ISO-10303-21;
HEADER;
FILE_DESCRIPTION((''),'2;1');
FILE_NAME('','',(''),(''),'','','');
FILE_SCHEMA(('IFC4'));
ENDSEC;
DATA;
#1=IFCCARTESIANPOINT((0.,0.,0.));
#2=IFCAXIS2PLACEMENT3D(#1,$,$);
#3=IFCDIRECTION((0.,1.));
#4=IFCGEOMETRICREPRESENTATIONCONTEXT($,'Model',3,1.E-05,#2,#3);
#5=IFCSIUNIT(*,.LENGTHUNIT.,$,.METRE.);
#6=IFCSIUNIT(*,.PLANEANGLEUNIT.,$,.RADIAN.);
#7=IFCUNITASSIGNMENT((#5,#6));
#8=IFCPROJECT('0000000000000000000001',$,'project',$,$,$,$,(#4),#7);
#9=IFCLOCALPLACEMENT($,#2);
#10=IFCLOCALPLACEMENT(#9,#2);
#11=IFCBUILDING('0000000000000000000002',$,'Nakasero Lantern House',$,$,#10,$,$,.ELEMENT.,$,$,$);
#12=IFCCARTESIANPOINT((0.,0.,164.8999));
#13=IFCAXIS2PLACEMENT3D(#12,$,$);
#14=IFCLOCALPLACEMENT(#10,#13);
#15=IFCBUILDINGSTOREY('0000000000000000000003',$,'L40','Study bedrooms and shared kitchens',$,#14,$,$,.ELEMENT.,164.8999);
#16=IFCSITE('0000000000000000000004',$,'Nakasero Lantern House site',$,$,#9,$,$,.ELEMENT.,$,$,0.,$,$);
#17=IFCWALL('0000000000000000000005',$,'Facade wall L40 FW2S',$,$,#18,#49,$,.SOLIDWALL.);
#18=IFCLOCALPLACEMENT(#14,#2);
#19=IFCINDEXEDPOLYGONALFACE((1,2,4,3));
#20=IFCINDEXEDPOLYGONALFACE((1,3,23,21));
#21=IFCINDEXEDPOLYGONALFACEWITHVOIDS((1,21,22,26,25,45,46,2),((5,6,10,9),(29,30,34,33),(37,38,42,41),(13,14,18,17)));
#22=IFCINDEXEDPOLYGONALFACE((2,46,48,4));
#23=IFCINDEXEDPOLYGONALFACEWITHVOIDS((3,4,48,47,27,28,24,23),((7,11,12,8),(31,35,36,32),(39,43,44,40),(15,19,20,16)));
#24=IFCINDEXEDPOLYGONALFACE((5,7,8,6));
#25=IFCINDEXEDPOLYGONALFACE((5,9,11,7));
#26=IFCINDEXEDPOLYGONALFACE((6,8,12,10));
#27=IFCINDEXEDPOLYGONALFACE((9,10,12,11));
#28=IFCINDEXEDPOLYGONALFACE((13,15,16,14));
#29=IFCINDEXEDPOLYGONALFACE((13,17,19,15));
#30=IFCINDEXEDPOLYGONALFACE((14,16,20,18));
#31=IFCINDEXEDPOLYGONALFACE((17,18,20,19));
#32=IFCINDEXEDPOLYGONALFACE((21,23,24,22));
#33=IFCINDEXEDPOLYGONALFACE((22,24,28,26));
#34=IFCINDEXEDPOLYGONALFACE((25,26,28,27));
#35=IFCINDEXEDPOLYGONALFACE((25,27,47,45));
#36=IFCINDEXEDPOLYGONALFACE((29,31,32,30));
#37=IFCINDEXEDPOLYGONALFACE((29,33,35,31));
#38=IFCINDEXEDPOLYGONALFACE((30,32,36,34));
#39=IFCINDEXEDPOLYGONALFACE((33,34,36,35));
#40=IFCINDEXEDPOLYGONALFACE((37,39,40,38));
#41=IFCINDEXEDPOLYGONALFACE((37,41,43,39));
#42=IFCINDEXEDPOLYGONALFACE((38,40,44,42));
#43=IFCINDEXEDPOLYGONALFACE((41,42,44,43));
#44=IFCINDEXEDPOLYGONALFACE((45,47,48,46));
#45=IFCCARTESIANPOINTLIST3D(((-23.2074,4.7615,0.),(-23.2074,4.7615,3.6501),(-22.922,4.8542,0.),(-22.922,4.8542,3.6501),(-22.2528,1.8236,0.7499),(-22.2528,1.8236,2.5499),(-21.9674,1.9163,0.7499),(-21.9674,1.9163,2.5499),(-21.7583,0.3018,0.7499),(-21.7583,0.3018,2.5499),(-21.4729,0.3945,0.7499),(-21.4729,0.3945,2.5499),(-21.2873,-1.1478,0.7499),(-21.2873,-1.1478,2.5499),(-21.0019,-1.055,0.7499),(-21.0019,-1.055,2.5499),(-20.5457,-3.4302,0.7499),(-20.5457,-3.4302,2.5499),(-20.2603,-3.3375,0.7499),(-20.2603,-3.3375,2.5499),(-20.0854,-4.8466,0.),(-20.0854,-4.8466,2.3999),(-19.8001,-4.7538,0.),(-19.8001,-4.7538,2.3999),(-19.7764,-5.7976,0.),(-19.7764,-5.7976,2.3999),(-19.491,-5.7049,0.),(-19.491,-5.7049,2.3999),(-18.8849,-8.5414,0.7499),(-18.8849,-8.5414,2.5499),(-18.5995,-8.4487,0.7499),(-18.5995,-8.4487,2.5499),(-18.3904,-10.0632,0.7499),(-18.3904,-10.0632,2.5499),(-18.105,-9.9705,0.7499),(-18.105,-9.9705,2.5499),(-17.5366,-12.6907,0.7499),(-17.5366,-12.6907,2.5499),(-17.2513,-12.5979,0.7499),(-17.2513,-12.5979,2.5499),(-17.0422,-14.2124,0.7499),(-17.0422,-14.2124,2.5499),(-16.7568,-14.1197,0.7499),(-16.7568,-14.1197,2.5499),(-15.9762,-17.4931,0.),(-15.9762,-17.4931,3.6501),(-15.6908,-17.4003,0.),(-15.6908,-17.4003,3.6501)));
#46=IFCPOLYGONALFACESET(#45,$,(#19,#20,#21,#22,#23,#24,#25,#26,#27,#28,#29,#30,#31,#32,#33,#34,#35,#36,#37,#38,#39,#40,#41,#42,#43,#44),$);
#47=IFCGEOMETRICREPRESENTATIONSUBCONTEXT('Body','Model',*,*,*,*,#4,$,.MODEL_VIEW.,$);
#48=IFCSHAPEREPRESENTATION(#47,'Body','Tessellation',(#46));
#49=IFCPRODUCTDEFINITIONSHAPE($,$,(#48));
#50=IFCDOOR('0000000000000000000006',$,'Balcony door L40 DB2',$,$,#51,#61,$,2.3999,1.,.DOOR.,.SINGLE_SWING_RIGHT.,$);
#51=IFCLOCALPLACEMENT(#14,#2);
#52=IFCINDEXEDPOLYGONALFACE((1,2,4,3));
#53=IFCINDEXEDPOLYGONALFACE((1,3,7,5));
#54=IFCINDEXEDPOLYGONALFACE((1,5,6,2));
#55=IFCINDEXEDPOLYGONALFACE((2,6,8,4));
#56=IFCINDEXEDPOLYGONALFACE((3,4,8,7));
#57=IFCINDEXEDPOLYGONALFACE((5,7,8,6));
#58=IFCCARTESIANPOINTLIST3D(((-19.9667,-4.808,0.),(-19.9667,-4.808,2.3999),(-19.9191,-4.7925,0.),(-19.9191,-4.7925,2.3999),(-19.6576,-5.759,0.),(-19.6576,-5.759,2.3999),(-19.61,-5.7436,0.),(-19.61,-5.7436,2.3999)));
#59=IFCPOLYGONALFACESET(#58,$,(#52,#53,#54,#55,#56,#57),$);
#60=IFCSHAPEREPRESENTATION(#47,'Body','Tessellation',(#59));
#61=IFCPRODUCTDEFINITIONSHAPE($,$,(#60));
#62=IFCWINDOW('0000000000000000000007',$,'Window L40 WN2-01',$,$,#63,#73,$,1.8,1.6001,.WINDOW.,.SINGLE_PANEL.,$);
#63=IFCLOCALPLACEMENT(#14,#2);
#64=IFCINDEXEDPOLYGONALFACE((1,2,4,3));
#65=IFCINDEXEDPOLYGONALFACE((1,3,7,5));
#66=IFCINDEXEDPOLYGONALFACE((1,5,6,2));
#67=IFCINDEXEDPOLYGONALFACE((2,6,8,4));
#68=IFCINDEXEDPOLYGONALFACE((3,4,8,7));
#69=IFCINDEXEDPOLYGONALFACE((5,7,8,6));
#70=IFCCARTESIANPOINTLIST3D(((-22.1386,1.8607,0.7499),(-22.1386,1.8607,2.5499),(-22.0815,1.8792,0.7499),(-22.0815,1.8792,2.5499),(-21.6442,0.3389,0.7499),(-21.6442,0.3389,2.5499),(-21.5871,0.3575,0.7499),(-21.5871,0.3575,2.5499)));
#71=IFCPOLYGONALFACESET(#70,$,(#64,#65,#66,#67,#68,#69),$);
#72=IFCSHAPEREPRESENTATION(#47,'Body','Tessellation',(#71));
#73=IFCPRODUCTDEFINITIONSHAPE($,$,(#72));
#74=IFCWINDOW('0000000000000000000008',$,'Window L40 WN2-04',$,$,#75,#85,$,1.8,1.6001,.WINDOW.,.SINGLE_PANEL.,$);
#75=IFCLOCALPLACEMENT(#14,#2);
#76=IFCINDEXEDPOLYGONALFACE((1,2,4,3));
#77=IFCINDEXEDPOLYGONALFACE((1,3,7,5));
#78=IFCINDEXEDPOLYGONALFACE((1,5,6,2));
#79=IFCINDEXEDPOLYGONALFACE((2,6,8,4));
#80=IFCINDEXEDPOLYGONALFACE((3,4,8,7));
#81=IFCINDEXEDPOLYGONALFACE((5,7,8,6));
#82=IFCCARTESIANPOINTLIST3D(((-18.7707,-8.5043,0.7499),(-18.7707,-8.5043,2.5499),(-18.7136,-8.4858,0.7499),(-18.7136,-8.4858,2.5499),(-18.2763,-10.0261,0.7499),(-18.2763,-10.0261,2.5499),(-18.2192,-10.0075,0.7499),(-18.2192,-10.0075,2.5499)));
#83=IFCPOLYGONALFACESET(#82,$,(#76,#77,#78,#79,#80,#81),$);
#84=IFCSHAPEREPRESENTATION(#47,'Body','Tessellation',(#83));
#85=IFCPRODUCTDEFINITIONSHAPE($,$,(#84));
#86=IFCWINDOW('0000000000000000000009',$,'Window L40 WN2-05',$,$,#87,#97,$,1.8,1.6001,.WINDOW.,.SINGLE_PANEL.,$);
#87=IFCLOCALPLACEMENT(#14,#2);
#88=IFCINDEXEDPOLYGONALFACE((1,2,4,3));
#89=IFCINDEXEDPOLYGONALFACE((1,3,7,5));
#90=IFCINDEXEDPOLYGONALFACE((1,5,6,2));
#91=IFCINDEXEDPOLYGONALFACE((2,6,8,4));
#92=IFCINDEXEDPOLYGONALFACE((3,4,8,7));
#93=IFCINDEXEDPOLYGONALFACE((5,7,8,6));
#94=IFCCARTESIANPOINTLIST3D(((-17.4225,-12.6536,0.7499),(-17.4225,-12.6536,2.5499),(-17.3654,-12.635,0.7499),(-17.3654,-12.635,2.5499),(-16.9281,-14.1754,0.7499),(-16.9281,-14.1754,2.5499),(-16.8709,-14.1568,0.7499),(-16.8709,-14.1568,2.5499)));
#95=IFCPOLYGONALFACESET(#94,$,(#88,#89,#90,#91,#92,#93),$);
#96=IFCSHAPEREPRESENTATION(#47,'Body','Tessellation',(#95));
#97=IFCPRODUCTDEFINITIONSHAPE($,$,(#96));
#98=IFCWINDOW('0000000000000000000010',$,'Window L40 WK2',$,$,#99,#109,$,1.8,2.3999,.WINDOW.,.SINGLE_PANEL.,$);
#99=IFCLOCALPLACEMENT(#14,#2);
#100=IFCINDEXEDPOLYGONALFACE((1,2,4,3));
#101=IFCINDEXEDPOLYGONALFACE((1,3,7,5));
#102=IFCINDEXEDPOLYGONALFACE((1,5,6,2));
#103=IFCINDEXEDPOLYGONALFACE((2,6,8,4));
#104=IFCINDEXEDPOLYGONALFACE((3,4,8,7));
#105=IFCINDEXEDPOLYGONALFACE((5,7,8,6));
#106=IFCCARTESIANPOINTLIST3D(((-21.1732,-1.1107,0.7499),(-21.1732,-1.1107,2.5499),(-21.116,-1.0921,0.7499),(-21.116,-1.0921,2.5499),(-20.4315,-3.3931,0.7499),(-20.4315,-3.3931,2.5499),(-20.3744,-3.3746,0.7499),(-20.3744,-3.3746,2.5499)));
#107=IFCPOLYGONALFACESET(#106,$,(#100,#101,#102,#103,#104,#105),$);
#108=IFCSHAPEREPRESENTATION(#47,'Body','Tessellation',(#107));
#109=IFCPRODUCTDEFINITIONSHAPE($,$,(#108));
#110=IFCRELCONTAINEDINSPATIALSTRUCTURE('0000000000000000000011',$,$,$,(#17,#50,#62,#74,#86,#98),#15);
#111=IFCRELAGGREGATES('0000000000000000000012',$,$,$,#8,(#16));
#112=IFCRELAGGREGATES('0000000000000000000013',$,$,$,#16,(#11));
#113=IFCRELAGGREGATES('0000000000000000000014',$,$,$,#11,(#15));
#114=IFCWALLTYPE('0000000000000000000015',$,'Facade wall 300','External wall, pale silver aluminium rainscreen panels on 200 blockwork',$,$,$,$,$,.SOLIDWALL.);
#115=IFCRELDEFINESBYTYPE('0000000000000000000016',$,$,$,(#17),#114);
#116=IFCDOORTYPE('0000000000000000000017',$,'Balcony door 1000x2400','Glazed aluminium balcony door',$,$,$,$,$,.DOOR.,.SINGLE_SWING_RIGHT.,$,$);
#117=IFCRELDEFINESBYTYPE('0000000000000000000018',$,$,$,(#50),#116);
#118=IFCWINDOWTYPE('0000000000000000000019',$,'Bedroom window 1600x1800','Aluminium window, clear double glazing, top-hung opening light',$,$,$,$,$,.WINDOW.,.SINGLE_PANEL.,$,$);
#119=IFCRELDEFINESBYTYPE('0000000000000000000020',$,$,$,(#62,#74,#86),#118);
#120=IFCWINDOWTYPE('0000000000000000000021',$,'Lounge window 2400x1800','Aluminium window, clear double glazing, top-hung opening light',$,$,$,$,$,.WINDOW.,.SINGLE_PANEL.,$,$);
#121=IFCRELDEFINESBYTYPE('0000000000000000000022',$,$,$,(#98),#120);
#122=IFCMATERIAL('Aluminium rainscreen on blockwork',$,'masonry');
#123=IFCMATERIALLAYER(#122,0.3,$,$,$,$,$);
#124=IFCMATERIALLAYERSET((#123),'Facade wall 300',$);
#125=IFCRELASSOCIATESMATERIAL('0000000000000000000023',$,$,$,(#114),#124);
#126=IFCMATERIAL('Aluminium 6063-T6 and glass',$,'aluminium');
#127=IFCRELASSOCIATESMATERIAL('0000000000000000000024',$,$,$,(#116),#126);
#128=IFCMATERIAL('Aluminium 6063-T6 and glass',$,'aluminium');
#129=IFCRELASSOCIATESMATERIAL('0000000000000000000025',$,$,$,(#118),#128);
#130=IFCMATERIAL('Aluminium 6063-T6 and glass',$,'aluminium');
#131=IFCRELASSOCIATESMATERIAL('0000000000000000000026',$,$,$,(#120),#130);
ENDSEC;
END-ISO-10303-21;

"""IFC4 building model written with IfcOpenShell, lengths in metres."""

from ifc_helpers import new_model, si_unit, direction, frame, frame_2d, origin, place, context, subcontext, project, spatial, rectangle, extrude, material, layer, layer_set, type_object, element, fill, save


model = new_model("IFC4")

# Units and contexts
model_context = context("Model", 3, precision=1e-05, world=origin(), true_north=direction((0.0, 1.0)))
body_context = subcontext(model_context, "Body", "Model", "MODEL_VIEW")
ifc_project = project(units=[si_unit("LENGTHUNIT", "METRE"), si_unit("PLANEANGLEUNIT", "RADIAN")], contexts=[model_context])

# Site, building, storey
site_placement = place(None, origin())
site = spatial("IfcSite", under=ifc_project, at=site_placement, Name="Nakasero Lantern House site", CompositionType="ELEMENT", RefElevation=0.0)
building_placement = place(site_placement, origin())
building = spatial("IfcBuilding", under=site, at=building_placement, Name="Nakasero Lantern House", CompositionType="ELEMENT")
storey_placement = place(building_placement, frame((0.0, 0.0, 164.8999)))
storey = spatial("IfcBuildingStorey", under=building, at=storey_placement, Name="L40", Description="Study bedrooms and shared kitchens", CompositionType="ELEMENT", Elevation=164.8999)

# Wall, openings, door, windows
ifc_material_1 = material(Name="Aluminium rainscreen on blockwork", Category="masonry")
ifc_layer_1 = layer(ifc_material_1, 0.3)
ifc_layer_set_1 = layer_set([ifc_layer_1], Name="Facade wall 300")
wall_type_1 = type_object("IfcWallType", Name="Facade wall 300", Description="External wall, pale silver aluminium rainscreen panels on 200 blockwork", PredefinedType="SOLIDWALL", material=ifc_layer_set_1)
wall_1_placement = place(storey_placement, frame((-23.0647, 4.8079, 0.0), z_axis=(0.0, 0.0, 1.0), x_axis=(0.309026, -0.951054, 0.0)))
wall_1 = element("IfcWall", 1, at=wall_1_placement, inside=storey, type_object=wall_type_1, Name="Facade wall L40 FW2S", PredefinedType="SOLIDWALL", context=body_context, shape_type="SweptSolid", body=[
    extrude(rectangle(XDim=23.3999, YDim=0.3, at=frame_2d((11.7, 0.0))), origin(), (0.0, 0.0, 1.0), 3.6501),
])
opening_1_placement = place(wall_1_placement, frame((3.0891, 0.0, 0.75)))
opening_1 = element("IfcOpeningElement", 2, at=opening_1_placement, cuts=wall_1, PredefinedType="OPENING", context=body_context, shape_type="SweptSolid", body=[
    extrude(rectangle(XDim=1.6001, YDim=1.8, at=frame_2d((0.8, 0.8999))), frame((0.0, 0.1699, 0.0), z_axis=(0.0, -1.0, 0.0), x_axis=(1.0, 0.0, 0.0)), (0.0, 0.0, 1.0), 0.3401),
])
opening_2_placement = place(wall_1_placement, frame((13.9875, 0.0, 0.75)))
opening_2 = element("IfcOpeningElement", 3, at=opening_2_placement, cuts=wall_1, PredefinedType="OPENING", context=body_context, shape_type="SweptSolid", body=[
    extrude(rectangle(XDim=1.6001, YDim=1.8, at=frame_2d((0.8, 0.8999))), frame((0.0, 0.1699, 0.0), z_axis=(0.0, -1.0, 0.0), x_axis=(1.0, 0.0, 0.0)), (0.0, 0.0, 1.0), 0.3401),
])
opening_3_placement = place(wall_1_placement, frame((18.3503, 0.0, 0.75)))
opening_3 = element("IfcOpeningElement", 4, at=opening_3_placement, cuts=wall_1, PredefinedType="OPENING", context=body_context, shape_type="SweptSolid", body=[
    extrude(rectangle(XDim=1.6001, YDim=1.8, at=frame_2d((0.8, 0.8999))), frame((0.0, 0.1699, 0.0), z_axis=(0.0, -1.0, 0.0), x_axis=(1.0, 0.0, 0.0)), (0.0, 0.0, 1.0), 0.3401),
])
opening_4_placement = place(wall_1_placement, frame((6.2134, 0.0, 0.75)))
opening_4 = element("IfcOpeningElement", 5, at=opening_4_placement, cuts=wall_1, PredefinedType="OPENING", context=body_context, shape_type="SweptSolid", body=[
    extrude(rectangle(XDim=2.3999, YDim=1.8, at=frame_2d((1.2, 0.8999))), frame((0.0, 0.1699, 0.0), z_axis=(0.0, -1.0, 0.0), x_axis=(1.0, 0.0, 0.0)), (0.0, 0.0, 1.0), 0.3401),
])
opening_5_placement = place(wall_1_placement, frame((10.1025, 0.0, 0.0)))
opening_5 = element("IfcOpeningElement", 6, at=opening_5_placement, cuts=wall_1, PredefinedType="OPENING", context=body_context, shape_type="SweptSolid", body=[
    extrude(rectangle(XDim=1.0, YDim=2.3999, at=frame_2d((0.5, 1.2))), frame((0.0, 0.1699, 0.0), z_axis=(0.0, -1.0, 0.0), x_axis=(1.0, 0.0, 0.0)), (0.0, 0.0, 1.0), 0.3401),
])
ifc_material_2 = material(Name="Aluminium 6063-T6 and glass", Category="aluminium")
door_type_1 = type_object("IfcDoorType", Name="Balcony door 1000x2400", Description="Glazed aluminium balcony door", OperationType="SINGLE_SWING_RIGHT", PredefinedType="DOOR", material=ifc_material_2)
door_1_placement = place(opening_5_placement, origin())
door_1 = element("IfcDoor", 7, at=door_1_placement, inside=storey, type_object=door_type_1, Name="Balcony door L40 DB2", OperationType="SINGLE_SWING_RIGHT", OverallHeight=2.3999, OverallWidth=1.0, PredefinedType="DOOR", context=body_context, shape_type="SweptSolid", body=[
    extrude(rectangle(XDim=1.0, YDim=2.3999, at=frame_2d((0.5, 1.2))), frame((0.0, 0.0249, 0.0), z_axis=(0.0, -1.0, 0.0), x_axis=(1.0, 0.0, 0.0)), (0.0, 0.0, 1.0), 0.05),
])
fill(opening_5, door_1)
ifc_material_3 = material(Name="Aluminium 6063-T6 and glass", Category="aluminium")
window_type_1 = type_object("IfcWindowType", Name="Bedroom window 1600x1800", Description="Aluminium window, clear double glazing, top-hung opening light", PartitioningType="SINGLE_PANEL", PredefinedType="WINDOW", material=ifc_material_3)
window_1_placement = place(opening_1_placement, origin())
window_1 = element("IfcWindow", 8, at=window_1_placement, inside=storey, type_object=window_type_1, Name="Window L40 WN2-01", OverallHeight=1.8, OverallWidth=1.6001, PartitioningType="SINGLE_PANEL", PredefinedType="WINDOW", context=body_context, shape_type="SweptSolid", body=[
    extrude(rectangle(XDim=1.6001, YDim=1.8, at=frame_2d((0.8, 0.8999))), frame((0.0, 0.03, 0.0), z_axis=(0.0, -1.0, 0.0), x_axis=(1.0, 0.0, 0.0)), (0.0, 0.0, 1.0), 0.0601),
])
fill(opening_1, window_1)
window_2_placement = place(opening_2_placement, origin())
window_2 = element("IfcWindow", 9, at=window_2_placement, inside=storey, type_object=window_type_1, Name="Window L40 WN2-04", OverallHeight=1.8, OverallWidth=1.6001, PartitioningType="SINGLE_PANEL", PredefinedType="WINDOW", context=body_context, shape_type="SweptSolid", body=[
    extrude(rectangle(XDim=1.6001, YDim=1.8, at=frame_2d((0.8, 0.8999))), frame((0.0, 0.03, 0.0), z_axis=(0.0, -1.0, 0.0), x_axis=(1.0, 0.0, 0.0)), (0.0, 0.0, 1.0), 0.0601),
])
fill(opening_2, window_2)
window_3_placement = place(opening_3_placement, origin())
window_3 = element("IfcWindow", 10, at=window_3_placement, inside=storey, type_object=window_type_1, Name="Window L40 WN2-05", OverallHeight=1.8, OverallWidth=1.6001, PartitioningType="SINGLE_PANEL", PredefinedType="WINDOW", context=body_context, shape_type="SweptSolid", body=[
    extrude(rectangle(XDim=1.6001, YDim=1.8, at=frame_2d((0.8, 0.8999))), frame((0.0, 0.03, 0.0), z_axis=(0.0, -1.0, 0.0), x_axis=(1.0, 0.0, 0.0)), (0.0, 0.0, 1.0), 0.0601),
])
fill(opening_3, window_3)
ifc_material_4 = material(Name="Aluminium 6063-T6 and glass", Category="aluminium")
window_type_2 = type_object("IfcWindowType", Name="Lounge window 2400x1800", Description="Aluminium window, clear double glazing, top-hung opening light", PartitioningType="SINGLE_PANEL", PredefinedType="WINDOW", material=ifc_material_4)
window_4_placement = place(opening_4_placement, origin())
window_4 = element("IfcWindow", 11, at=window_4_placement, inside=storey, type_object=window_type_2, Name="Window L40 WK2", OverallHeight=1.8, OverallWidth=2.3999, PartitioningType="SINGLE_PANEL", PredefinedType="WINDOW", context=body_context, shape_type="SweptSolid", body=[
    extrude(rectangle(XDim=2.3999, YDim=1.8, at=frame_2d((1.2, 0.8999))), frame((0.0, 0.03, 0.0), z_axis=(0.0, -1.0, 0.0), x_axis=(1.0, 0.0, 0.0)), (0.0, 0.0, 1.0), 0.0601),
])
fill(opening_4, window_4)

save(model, "model.ifc")
